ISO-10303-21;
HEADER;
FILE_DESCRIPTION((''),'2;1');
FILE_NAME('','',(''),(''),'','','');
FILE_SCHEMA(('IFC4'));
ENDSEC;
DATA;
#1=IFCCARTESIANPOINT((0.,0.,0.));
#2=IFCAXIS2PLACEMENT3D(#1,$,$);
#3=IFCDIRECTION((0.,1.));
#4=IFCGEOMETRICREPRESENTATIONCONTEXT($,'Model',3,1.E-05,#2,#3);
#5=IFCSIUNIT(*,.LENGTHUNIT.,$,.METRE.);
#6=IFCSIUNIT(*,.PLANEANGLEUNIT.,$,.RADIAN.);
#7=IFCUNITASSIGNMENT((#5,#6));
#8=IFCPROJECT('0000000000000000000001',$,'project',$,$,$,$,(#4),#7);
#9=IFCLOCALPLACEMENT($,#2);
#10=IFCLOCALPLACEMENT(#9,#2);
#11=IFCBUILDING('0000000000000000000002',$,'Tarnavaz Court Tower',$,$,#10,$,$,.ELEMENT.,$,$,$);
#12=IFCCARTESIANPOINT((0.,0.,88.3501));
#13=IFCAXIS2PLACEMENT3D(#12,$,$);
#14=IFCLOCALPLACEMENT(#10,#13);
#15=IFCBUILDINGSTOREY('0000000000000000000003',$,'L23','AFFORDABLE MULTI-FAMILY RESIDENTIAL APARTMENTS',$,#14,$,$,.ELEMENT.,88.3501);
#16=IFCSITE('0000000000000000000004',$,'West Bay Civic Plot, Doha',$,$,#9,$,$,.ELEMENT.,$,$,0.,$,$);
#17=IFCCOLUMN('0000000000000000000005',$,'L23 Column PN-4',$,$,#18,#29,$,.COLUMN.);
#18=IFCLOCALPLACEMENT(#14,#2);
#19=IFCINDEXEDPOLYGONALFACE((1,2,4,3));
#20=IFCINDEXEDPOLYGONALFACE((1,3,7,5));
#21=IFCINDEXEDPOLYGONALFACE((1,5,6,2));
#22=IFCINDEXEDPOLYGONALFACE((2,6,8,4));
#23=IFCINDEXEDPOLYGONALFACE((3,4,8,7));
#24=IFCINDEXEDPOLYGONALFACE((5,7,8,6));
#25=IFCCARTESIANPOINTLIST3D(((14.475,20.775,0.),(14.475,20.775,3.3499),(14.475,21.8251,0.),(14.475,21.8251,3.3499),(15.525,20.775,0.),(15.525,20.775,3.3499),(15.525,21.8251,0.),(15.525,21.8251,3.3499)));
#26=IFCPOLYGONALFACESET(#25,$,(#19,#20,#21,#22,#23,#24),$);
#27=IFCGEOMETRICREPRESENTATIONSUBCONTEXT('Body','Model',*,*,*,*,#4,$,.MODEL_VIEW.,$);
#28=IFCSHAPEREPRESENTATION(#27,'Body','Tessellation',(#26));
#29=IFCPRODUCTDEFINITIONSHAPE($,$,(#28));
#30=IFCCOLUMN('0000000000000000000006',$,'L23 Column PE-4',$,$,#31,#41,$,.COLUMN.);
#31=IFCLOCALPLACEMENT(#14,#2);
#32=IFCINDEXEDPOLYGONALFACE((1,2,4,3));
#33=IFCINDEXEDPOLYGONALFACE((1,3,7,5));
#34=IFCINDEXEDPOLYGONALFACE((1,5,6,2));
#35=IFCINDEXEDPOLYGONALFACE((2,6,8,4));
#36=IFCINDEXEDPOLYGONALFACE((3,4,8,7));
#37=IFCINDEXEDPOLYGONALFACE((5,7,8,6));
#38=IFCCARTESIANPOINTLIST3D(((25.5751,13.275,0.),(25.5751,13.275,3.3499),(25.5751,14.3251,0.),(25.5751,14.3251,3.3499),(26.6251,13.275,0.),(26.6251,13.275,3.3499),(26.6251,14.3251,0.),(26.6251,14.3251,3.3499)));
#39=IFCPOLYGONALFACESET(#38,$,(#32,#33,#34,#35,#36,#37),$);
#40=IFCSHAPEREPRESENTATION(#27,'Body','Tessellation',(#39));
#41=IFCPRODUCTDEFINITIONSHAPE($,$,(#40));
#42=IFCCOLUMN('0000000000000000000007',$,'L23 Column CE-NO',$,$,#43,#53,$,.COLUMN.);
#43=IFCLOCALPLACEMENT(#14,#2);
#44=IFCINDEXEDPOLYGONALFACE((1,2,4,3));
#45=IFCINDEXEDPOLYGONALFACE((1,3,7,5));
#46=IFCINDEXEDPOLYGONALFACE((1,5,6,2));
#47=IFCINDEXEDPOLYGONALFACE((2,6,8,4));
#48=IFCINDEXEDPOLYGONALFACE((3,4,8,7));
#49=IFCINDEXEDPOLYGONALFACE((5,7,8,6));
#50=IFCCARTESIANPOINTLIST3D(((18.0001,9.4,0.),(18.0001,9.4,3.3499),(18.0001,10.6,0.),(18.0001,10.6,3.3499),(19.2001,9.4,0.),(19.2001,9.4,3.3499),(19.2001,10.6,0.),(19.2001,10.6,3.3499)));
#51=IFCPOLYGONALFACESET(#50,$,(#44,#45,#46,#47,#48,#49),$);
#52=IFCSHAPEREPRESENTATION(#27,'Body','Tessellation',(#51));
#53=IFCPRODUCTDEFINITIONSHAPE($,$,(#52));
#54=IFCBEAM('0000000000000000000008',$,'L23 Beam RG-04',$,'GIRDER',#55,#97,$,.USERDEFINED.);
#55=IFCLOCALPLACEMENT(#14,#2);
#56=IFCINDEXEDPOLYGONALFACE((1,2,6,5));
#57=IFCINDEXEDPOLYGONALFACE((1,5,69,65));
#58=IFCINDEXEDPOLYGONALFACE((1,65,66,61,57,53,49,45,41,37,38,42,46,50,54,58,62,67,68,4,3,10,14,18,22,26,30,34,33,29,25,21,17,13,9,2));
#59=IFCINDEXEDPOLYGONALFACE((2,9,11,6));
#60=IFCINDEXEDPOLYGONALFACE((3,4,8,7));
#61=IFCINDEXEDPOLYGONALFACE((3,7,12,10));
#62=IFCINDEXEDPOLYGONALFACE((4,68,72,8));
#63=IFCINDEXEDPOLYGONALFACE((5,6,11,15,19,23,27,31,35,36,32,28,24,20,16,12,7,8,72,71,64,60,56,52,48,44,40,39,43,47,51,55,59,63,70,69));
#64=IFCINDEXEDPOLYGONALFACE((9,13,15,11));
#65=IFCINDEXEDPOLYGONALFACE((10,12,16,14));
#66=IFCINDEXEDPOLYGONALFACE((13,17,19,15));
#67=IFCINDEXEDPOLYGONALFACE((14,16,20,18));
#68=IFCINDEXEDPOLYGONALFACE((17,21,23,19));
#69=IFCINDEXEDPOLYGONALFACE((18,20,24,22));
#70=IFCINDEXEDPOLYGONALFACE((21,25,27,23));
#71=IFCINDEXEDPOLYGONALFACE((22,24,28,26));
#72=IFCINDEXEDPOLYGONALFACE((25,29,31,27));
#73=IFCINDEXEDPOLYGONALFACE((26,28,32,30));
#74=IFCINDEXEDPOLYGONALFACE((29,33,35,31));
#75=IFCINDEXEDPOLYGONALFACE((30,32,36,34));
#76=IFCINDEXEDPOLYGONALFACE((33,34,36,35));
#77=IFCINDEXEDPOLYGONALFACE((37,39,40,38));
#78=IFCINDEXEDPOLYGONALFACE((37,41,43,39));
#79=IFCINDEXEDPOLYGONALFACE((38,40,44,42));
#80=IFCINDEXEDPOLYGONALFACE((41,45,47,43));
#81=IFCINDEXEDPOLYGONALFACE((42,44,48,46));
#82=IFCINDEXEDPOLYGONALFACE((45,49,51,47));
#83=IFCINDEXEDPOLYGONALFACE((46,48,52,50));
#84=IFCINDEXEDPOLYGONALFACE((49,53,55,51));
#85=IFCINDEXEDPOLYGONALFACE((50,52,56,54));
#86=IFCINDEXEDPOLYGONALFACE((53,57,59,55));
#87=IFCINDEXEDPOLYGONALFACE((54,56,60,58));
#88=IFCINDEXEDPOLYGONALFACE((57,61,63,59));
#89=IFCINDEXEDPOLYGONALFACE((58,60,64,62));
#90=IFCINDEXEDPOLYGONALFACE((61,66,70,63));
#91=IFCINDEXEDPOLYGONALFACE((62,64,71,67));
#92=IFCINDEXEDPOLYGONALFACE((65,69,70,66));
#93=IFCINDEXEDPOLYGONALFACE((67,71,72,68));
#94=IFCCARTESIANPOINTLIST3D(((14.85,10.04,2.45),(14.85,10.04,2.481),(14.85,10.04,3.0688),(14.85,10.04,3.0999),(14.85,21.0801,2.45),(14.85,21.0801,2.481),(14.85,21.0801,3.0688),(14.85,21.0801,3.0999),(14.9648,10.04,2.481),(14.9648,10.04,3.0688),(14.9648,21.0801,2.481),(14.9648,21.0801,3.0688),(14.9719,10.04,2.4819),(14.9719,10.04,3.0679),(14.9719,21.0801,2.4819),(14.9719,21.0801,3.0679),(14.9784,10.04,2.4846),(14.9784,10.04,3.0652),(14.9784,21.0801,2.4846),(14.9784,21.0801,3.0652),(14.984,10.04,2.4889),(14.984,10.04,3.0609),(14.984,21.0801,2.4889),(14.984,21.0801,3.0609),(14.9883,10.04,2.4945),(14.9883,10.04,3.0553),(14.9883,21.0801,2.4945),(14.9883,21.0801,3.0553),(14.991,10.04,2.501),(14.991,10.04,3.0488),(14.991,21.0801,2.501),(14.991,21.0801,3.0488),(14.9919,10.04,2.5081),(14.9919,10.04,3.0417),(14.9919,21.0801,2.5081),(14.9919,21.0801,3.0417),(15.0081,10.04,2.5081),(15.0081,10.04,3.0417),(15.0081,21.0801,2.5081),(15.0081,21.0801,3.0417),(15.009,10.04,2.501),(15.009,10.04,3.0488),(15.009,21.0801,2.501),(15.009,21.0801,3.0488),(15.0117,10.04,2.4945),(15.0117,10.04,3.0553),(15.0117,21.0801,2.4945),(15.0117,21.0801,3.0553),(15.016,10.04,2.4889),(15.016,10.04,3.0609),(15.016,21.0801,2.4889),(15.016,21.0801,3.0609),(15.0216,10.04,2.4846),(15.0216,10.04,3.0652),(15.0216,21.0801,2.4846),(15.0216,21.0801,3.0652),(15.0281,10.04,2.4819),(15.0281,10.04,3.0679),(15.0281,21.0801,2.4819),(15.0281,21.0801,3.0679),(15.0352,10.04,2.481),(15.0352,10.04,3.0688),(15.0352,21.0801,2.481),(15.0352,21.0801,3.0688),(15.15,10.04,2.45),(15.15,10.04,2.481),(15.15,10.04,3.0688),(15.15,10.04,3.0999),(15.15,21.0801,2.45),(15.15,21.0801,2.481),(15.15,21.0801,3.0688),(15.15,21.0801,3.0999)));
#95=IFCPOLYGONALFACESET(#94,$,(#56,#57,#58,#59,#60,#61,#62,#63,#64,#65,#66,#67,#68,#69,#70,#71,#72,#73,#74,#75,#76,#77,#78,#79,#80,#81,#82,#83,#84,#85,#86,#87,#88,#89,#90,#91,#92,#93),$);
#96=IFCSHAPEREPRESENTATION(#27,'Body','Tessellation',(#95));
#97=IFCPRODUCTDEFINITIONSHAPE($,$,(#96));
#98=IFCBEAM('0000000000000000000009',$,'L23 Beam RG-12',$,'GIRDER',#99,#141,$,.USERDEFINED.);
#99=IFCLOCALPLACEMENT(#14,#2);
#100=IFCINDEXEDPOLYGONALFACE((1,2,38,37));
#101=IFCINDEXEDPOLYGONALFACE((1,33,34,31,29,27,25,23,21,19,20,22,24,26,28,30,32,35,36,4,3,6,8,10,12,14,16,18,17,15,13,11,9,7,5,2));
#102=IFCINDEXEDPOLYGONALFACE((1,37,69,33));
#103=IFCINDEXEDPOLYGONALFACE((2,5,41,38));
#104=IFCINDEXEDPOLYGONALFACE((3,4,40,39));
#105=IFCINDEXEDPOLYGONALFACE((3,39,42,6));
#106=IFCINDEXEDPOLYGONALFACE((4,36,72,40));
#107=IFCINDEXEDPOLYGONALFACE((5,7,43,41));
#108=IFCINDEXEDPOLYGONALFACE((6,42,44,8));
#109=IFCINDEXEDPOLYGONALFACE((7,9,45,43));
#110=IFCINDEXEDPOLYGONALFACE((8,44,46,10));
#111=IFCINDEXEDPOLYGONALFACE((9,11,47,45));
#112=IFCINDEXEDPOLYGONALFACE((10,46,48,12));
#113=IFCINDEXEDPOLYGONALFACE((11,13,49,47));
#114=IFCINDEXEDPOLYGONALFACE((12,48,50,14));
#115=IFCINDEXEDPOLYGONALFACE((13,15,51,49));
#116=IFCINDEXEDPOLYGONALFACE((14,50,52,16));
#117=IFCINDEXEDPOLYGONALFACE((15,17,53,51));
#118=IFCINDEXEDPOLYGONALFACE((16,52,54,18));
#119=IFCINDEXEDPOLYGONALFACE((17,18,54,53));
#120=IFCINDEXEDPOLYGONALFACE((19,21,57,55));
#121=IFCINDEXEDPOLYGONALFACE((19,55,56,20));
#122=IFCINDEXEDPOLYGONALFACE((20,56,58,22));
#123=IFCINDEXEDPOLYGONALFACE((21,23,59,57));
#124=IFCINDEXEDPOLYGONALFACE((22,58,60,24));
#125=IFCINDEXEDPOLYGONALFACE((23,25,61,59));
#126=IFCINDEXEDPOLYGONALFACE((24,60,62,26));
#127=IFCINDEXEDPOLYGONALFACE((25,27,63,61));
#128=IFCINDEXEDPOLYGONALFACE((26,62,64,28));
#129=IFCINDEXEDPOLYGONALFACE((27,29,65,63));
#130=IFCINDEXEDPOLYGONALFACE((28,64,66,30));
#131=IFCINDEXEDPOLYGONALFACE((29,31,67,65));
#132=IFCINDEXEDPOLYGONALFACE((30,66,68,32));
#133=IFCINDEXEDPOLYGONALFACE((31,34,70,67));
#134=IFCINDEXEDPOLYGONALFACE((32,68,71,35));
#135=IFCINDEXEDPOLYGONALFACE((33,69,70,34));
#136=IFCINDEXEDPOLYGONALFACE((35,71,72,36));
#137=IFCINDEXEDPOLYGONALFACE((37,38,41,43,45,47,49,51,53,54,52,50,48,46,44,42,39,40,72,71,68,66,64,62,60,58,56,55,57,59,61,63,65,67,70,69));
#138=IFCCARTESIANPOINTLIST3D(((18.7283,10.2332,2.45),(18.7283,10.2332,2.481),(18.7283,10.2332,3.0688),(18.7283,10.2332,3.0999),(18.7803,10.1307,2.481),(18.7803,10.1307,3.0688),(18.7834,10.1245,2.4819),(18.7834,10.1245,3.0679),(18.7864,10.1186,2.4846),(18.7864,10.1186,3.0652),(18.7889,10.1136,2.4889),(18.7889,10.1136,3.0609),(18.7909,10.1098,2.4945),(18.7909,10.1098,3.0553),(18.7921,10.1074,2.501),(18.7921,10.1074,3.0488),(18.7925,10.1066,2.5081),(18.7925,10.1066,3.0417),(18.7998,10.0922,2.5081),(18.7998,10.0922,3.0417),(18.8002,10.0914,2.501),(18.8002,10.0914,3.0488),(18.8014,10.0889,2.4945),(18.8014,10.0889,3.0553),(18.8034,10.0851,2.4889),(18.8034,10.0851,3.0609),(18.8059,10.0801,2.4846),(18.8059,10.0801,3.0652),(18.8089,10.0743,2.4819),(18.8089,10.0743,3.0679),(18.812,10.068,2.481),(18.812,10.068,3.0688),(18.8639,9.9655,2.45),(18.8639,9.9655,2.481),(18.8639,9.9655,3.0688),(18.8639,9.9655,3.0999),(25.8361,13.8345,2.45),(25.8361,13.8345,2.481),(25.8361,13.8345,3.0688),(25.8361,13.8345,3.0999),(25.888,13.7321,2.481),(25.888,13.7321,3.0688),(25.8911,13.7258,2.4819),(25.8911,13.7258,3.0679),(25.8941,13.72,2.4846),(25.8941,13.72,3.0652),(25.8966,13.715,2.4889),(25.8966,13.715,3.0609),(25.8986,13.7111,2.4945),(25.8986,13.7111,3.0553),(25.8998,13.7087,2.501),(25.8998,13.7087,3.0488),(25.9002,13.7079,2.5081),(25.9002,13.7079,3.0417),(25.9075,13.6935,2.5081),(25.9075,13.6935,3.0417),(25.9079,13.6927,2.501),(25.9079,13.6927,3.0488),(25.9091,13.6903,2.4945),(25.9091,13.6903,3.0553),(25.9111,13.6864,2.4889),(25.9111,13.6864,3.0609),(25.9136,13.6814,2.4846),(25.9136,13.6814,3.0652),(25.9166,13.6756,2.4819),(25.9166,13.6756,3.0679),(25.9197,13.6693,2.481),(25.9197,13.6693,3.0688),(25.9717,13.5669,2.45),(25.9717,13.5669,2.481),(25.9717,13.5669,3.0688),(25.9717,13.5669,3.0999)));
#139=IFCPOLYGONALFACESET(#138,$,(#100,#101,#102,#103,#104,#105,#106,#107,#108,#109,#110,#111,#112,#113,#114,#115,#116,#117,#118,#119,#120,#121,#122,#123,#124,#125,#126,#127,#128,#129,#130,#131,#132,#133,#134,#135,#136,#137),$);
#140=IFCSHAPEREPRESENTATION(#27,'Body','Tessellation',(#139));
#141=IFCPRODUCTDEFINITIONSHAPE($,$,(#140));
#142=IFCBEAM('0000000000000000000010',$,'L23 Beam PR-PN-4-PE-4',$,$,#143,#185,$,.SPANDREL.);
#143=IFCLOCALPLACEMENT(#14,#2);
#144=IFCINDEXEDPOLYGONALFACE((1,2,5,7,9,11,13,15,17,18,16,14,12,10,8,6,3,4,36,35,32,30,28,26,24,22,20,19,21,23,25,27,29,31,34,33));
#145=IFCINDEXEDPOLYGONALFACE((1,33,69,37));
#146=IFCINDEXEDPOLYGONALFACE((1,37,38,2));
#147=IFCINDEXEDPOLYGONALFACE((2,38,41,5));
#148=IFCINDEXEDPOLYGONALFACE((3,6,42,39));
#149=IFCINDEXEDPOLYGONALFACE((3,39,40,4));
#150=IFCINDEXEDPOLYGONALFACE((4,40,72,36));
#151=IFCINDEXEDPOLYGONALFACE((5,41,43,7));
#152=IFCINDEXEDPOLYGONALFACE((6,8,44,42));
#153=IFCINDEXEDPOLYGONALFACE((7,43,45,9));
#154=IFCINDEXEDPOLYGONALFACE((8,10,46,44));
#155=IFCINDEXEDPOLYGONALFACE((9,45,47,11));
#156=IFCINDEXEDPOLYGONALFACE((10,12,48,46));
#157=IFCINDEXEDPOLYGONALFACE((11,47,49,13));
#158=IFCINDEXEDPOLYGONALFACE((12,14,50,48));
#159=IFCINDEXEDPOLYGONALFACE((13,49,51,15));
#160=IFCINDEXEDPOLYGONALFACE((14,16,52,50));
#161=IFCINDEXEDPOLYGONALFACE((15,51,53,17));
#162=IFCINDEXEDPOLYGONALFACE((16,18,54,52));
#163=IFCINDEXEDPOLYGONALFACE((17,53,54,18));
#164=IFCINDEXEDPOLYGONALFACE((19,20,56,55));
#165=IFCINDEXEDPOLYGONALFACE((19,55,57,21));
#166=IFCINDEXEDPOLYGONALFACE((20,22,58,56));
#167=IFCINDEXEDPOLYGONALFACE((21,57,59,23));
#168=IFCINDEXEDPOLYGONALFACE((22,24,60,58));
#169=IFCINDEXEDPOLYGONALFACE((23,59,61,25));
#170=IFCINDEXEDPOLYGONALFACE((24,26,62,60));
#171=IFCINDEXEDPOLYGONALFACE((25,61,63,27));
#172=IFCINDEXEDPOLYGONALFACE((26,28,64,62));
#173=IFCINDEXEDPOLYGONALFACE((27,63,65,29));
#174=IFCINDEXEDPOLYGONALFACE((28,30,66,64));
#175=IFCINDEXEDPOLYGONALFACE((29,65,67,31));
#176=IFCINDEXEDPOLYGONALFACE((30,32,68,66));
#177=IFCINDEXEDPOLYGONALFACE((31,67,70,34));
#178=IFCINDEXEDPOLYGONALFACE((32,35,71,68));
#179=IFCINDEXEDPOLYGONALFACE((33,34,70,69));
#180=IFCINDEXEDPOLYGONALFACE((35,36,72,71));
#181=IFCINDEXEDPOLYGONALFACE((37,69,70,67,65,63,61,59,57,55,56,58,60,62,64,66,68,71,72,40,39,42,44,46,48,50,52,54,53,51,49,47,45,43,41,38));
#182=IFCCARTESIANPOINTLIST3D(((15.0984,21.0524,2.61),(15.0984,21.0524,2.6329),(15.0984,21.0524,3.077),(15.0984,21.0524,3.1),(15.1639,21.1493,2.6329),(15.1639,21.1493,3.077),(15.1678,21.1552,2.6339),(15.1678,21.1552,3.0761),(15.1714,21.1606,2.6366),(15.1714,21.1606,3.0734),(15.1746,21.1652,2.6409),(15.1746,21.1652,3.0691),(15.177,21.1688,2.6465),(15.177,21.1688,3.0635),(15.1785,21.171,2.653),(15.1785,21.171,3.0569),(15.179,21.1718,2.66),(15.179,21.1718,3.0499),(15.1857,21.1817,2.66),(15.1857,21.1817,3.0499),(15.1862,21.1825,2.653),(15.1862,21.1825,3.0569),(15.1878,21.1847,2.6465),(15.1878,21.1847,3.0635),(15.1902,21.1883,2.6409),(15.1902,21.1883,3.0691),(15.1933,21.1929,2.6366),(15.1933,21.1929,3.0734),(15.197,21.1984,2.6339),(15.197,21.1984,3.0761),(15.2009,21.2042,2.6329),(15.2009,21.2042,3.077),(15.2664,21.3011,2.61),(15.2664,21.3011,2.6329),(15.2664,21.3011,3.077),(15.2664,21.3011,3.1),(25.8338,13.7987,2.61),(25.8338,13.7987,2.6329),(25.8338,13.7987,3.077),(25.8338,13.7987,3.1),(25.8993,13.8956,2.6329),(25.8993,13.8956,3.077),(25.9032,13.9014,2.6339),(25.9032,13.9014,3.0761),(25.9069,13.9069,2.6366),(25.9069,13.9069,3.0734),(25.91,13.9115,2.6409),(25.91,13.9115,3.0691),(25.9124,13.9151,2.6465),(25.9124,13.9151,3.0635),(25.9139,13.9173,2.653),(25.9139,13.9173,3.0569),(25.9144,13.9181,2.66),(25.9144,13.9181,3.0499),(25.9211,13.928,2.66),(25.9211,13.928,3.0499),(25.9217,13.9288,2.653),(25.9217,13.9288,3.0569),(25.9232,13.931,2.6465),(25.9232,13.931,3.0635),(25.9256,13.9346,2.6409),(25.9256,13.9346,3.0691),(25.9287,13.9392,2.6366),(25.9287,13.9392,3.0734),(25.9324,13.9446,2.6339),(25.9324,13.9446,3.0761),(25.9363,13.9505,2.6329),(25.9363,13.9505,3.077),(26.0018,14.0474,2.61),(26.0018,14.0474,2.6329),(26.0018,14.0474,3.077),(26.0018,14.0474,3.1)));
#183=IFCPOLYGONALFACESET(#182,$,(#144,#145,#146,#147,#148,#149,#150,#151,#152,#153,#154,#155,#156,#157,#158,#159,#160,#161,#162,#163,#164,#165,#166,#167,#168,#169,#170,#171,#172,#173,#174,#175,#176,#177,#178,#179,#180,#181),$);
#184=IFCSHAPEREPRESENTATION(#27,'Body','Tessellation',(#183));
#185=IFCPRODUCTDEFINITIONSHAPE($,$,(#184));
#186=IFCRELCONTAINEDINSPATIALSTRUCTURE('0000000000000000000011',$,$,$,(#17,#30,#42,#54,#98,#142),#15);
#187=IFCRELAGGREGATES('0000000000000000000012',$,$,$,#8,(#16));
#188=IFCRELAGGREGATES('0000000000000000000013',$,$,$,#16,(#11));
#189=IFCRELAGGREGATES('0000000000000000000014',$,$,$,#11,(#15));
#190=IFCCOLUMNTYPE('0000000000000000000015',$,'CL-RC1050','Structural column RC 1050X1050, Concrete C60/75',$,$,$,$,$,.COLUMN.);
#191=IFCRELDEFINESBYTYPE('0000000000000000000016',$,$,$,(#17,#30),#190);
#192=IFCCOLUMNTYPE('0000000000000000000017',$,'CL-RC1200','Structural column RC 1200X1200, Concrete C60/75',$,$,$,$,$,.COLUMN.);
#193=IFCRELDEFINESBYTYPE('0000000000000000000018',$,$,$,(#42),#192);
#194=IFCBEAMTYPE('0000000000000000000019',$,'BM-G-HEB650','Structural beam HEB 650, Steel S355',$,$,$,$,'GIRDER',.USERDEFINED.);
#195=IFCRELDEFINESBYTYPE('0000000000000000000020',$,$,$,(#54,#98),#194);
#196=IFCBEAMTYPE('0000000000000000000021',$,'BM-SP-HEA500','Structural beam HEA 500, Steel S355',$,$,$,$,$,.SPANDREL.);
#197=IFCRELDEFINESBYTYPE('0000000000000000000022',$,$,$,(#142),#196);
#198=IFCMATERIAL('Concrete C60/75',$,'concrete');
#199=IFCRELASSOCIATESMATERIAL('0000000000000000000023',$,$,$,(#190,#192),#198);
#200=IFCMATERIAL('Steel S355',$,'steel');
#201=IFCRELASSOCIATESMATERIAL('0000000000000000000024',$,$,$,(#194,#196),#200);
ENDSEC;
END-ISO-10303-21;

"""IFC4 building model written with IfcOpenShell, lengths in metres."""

from ifc_helpers import new_model, si_unit, direction, frame, origin, origin_2d, place, context, subcontext, project, spatial, rectangle, i_section, extrude, material, material_profile, profile_set, type_object, element, save


model = new_model("IFC4")

# Units and contexts
model_context = context("Model", 3, precision=1e-05, world=origin(), true_north=direction((0.0, 1.0)))
body_context = subcontext(model_context, "Body", "Model", "MODEL_VIEW")
ifc_project = project(units=[si_unit("LENGTHUNIT", "METRE"), si_unit("PLANEANGLEUNIT", "RADIAN")], contexts=[model_context])

# Site, building, storey
site_placement = place(None, origin())
site = spatial("IfcSite", under=ifc_project, at=site_placement, Name="West Bay Civic Plot, Doha", CompositionType="ELEMENT", RefElevation=0.0)
building_placement = place(site_placement, origin())
building = spatial("IfcBuilding", under=site, at=building_placement, Name="Tarnavaz Court Tower", CompositionType="ELEMENT")
storey_placement = place(building_placement, frame((0.0, 0.0, 88.3501)))
storey = spatial("IfcBuildingStorey", under=building, at=storey_placement, Name="L23", Description="AFFORDABLE MULTI-FAMILY RESIDENTIAL APARTMENTS", CompositionType="ELEMENT", Elevation=88.3501)

# Columns
ifc_material_1 = material(Name="Concrete C60/75", Category="concrete")
ifc_material_profile_1 = material_profile(ifc_material_1, rectangle(XDim=1.05, YDim=1.05, at=origin_2d()), Name="RC 1050X1050")
ifc_profile_set_1 = profile_set([ifc_material_profile_1], Name="Concrete C60/75")
column_type_1 = type_object("IfcColumnType", Name="CL-RC1050", Description="Structural column RC 1050X1050, Concrete C60/75", PredefinedType="COLUMN", material=ifc_profile_set_1)
for number, where, z_axis, x_axis, name in (
    (1, (15.0, 21.3, 0.0), (0.0, 0.0, 1.0), (1.0, 0.0, 0.0), "L23 Column PN-4"),
    (2, (26.1001, 13.8, 0.0), (0.0, 0.0, 1.0), (1.0, 0.0, 0.0), "L23 Column PE-4"),
):
    element("IfcColumn", number, at=place(storey_placement, frame(where, z_axis=z_axis, x_axis=x_axis)), inside=storey, type_object=column_type_1, Name=name, PredefinedType="COLUMN", context=body_context, shape_type="SweptSolid", body=[
        extrude(rectangle(XDim=1.05, YDim=1.05, at=origin_2d()), origin(), (0.0, 0.0, 1.0), 3.3499),
    ])
ifc_material_profile_2 = material_profile(ifc_material_1, rectangle(XDim=1.2, YDim=1.2, at=origin_2d()), Name="RC 1200X1200")
ifc_profile_set_2 = profile_set([ifc_material_profile_2], Name="Concrete C60/75")
column_type_2 = type_object("IfcColumnType", Name="CL-RC1200", Description="Structural column RC 1200X1200, Concrete C60/75", PredefinedType="COLUMN", material=ifc_profile_set_2)
column_placement = place(storey_placement, frame((18.6001, 10.0, 0.0), z_axis=(0.0, 0.0, 1.0), x_axis=(1.0, 0.0, 0.0)))
element("IfcColumn", 3, at=column_placement, inside=storey, type_object=column_type_2, Name="L23 Column CE-NO", PredefinedType="COLUMN", context=body_context, shape_type="SweptSolid", body=[
    extrude(rectangle(XDim=1.2, YDim=1.2, at=origin_2d()), origin(), (0.0, 0.0, 1.0), 3.3499),
])

# Beams
ifc_material_2 = material(Name="Steel S355", Category="steel")
ifc_material_profile_3 = material_profile(ifc_material_2, i_section(OverallWidth=0.3, OverallDepth=0.6499, WebThickness=0.0161, FlangeThickness=0.031, FilletRadius=0.0271, at=origin_2d()), Name="HEB 650")
ifc_profile_set_3 = profile_set([ifc_material_profile_3], Name="Steel S355")
beam_type_1 = type_object("IfcBeamType", Name="BM-G-HEB650", Description="Structural beam HEB 650, Steel S355", ElementType="GIRDER", PredefinedType="USERDEFINED", material=ifc_profile_set_3)
beam_1_placement = place(storey_placement, frame((15.0, 10.04, 2.7749), z_axis=(0.0, 1.0, 0.0), x_axis=(-1.0, 0.0, 0.0)))
element("IfcBeam", 4, at=beam_1_placement, inside=storey, type_object=beam_type_1, Name="L23 Beam RG-04", ObjectType="GIRDER", PredefinedType="USERDEFINED", context=body_context, shape_type="SweptSolid", body=[
    extrude(i_section(OverallWidth=0.3, OverallDepth=0.6499, WebThickness=0.0161, FlangeThickness=0.031, FilletRadius=0.0271, at=origin_2d()), origin(), (0.0, 0.0, 1.0), 11.04),
])
beam_2_placement = place(storey_placement, frame((18.7961, 10.0994, 2.7749), z_axis=(0.892031, 0.451975, 0.0), x_axis=(-0.451975, 0.892031, 0.0)))
element("IfcBeam", 5, at=beam_2_placement, inside=storey, type_object=beam_type_1, Name="L23 Beam RG-12", ObjectType="GIRDER", PredefinedType="USERDEFINED", context=body_context, shape_type="SweptSolid", body=[
    extrude(i_section(OverallWidth=0.3, OverallDepth=0.6499, WebThickness=0.0161, FlangeThickness=0.031, FilletRadius=0.0271, at=origin_2d()), origin(), (0.0, 0.0, 1.0), 7.968),
])
ifc_material_profile_4 = material_profile(ifc_material_2, i_section(OverallWidth=0.3, OverallDepth=0.49, WebThickness=0.012, FlangeThickness=0.0229, FilletRadius=0.0271, at=origin_2d()), Name="HEA 500")
ifc_profile_set_4 = profile_set([ifc_material_profile_4], Name="Steel S355")
beam_type_2 = type_object("IfcBeamType", Name="BM-SP-HEA500", Description="Structural beam HEA 500, Steel S355", PredefinedType="SPANDREL", material=ifc_profile_set_4)
beam_3_placement = place(storey_placement, frame((15.1824, 21.1768, 2.855), z_axis=(0.828587, -0.55986, 0.0), x_axis=(0.55986, 0.828587, 0.0)))
element("IfcBeam", 6, at=beam_3_placement, inside=storey, type_object=beam_type_2, Name="L23 Beam PR-PN-4-PE-4", PredefinedType="SPANDREL", context=body_context, shape_type="SweptSolid", body=[
    extrude(i_section(OverallWidth=0.3, OverallDepth=0.49, WebThickness=0.012, FlangeThickness=0.0229, FilletRadius=0.0271, at=origin_2d()), origin(), (0.0, 0.0, 1.0), 12.9563),
])

save(model, "model.ifc")
